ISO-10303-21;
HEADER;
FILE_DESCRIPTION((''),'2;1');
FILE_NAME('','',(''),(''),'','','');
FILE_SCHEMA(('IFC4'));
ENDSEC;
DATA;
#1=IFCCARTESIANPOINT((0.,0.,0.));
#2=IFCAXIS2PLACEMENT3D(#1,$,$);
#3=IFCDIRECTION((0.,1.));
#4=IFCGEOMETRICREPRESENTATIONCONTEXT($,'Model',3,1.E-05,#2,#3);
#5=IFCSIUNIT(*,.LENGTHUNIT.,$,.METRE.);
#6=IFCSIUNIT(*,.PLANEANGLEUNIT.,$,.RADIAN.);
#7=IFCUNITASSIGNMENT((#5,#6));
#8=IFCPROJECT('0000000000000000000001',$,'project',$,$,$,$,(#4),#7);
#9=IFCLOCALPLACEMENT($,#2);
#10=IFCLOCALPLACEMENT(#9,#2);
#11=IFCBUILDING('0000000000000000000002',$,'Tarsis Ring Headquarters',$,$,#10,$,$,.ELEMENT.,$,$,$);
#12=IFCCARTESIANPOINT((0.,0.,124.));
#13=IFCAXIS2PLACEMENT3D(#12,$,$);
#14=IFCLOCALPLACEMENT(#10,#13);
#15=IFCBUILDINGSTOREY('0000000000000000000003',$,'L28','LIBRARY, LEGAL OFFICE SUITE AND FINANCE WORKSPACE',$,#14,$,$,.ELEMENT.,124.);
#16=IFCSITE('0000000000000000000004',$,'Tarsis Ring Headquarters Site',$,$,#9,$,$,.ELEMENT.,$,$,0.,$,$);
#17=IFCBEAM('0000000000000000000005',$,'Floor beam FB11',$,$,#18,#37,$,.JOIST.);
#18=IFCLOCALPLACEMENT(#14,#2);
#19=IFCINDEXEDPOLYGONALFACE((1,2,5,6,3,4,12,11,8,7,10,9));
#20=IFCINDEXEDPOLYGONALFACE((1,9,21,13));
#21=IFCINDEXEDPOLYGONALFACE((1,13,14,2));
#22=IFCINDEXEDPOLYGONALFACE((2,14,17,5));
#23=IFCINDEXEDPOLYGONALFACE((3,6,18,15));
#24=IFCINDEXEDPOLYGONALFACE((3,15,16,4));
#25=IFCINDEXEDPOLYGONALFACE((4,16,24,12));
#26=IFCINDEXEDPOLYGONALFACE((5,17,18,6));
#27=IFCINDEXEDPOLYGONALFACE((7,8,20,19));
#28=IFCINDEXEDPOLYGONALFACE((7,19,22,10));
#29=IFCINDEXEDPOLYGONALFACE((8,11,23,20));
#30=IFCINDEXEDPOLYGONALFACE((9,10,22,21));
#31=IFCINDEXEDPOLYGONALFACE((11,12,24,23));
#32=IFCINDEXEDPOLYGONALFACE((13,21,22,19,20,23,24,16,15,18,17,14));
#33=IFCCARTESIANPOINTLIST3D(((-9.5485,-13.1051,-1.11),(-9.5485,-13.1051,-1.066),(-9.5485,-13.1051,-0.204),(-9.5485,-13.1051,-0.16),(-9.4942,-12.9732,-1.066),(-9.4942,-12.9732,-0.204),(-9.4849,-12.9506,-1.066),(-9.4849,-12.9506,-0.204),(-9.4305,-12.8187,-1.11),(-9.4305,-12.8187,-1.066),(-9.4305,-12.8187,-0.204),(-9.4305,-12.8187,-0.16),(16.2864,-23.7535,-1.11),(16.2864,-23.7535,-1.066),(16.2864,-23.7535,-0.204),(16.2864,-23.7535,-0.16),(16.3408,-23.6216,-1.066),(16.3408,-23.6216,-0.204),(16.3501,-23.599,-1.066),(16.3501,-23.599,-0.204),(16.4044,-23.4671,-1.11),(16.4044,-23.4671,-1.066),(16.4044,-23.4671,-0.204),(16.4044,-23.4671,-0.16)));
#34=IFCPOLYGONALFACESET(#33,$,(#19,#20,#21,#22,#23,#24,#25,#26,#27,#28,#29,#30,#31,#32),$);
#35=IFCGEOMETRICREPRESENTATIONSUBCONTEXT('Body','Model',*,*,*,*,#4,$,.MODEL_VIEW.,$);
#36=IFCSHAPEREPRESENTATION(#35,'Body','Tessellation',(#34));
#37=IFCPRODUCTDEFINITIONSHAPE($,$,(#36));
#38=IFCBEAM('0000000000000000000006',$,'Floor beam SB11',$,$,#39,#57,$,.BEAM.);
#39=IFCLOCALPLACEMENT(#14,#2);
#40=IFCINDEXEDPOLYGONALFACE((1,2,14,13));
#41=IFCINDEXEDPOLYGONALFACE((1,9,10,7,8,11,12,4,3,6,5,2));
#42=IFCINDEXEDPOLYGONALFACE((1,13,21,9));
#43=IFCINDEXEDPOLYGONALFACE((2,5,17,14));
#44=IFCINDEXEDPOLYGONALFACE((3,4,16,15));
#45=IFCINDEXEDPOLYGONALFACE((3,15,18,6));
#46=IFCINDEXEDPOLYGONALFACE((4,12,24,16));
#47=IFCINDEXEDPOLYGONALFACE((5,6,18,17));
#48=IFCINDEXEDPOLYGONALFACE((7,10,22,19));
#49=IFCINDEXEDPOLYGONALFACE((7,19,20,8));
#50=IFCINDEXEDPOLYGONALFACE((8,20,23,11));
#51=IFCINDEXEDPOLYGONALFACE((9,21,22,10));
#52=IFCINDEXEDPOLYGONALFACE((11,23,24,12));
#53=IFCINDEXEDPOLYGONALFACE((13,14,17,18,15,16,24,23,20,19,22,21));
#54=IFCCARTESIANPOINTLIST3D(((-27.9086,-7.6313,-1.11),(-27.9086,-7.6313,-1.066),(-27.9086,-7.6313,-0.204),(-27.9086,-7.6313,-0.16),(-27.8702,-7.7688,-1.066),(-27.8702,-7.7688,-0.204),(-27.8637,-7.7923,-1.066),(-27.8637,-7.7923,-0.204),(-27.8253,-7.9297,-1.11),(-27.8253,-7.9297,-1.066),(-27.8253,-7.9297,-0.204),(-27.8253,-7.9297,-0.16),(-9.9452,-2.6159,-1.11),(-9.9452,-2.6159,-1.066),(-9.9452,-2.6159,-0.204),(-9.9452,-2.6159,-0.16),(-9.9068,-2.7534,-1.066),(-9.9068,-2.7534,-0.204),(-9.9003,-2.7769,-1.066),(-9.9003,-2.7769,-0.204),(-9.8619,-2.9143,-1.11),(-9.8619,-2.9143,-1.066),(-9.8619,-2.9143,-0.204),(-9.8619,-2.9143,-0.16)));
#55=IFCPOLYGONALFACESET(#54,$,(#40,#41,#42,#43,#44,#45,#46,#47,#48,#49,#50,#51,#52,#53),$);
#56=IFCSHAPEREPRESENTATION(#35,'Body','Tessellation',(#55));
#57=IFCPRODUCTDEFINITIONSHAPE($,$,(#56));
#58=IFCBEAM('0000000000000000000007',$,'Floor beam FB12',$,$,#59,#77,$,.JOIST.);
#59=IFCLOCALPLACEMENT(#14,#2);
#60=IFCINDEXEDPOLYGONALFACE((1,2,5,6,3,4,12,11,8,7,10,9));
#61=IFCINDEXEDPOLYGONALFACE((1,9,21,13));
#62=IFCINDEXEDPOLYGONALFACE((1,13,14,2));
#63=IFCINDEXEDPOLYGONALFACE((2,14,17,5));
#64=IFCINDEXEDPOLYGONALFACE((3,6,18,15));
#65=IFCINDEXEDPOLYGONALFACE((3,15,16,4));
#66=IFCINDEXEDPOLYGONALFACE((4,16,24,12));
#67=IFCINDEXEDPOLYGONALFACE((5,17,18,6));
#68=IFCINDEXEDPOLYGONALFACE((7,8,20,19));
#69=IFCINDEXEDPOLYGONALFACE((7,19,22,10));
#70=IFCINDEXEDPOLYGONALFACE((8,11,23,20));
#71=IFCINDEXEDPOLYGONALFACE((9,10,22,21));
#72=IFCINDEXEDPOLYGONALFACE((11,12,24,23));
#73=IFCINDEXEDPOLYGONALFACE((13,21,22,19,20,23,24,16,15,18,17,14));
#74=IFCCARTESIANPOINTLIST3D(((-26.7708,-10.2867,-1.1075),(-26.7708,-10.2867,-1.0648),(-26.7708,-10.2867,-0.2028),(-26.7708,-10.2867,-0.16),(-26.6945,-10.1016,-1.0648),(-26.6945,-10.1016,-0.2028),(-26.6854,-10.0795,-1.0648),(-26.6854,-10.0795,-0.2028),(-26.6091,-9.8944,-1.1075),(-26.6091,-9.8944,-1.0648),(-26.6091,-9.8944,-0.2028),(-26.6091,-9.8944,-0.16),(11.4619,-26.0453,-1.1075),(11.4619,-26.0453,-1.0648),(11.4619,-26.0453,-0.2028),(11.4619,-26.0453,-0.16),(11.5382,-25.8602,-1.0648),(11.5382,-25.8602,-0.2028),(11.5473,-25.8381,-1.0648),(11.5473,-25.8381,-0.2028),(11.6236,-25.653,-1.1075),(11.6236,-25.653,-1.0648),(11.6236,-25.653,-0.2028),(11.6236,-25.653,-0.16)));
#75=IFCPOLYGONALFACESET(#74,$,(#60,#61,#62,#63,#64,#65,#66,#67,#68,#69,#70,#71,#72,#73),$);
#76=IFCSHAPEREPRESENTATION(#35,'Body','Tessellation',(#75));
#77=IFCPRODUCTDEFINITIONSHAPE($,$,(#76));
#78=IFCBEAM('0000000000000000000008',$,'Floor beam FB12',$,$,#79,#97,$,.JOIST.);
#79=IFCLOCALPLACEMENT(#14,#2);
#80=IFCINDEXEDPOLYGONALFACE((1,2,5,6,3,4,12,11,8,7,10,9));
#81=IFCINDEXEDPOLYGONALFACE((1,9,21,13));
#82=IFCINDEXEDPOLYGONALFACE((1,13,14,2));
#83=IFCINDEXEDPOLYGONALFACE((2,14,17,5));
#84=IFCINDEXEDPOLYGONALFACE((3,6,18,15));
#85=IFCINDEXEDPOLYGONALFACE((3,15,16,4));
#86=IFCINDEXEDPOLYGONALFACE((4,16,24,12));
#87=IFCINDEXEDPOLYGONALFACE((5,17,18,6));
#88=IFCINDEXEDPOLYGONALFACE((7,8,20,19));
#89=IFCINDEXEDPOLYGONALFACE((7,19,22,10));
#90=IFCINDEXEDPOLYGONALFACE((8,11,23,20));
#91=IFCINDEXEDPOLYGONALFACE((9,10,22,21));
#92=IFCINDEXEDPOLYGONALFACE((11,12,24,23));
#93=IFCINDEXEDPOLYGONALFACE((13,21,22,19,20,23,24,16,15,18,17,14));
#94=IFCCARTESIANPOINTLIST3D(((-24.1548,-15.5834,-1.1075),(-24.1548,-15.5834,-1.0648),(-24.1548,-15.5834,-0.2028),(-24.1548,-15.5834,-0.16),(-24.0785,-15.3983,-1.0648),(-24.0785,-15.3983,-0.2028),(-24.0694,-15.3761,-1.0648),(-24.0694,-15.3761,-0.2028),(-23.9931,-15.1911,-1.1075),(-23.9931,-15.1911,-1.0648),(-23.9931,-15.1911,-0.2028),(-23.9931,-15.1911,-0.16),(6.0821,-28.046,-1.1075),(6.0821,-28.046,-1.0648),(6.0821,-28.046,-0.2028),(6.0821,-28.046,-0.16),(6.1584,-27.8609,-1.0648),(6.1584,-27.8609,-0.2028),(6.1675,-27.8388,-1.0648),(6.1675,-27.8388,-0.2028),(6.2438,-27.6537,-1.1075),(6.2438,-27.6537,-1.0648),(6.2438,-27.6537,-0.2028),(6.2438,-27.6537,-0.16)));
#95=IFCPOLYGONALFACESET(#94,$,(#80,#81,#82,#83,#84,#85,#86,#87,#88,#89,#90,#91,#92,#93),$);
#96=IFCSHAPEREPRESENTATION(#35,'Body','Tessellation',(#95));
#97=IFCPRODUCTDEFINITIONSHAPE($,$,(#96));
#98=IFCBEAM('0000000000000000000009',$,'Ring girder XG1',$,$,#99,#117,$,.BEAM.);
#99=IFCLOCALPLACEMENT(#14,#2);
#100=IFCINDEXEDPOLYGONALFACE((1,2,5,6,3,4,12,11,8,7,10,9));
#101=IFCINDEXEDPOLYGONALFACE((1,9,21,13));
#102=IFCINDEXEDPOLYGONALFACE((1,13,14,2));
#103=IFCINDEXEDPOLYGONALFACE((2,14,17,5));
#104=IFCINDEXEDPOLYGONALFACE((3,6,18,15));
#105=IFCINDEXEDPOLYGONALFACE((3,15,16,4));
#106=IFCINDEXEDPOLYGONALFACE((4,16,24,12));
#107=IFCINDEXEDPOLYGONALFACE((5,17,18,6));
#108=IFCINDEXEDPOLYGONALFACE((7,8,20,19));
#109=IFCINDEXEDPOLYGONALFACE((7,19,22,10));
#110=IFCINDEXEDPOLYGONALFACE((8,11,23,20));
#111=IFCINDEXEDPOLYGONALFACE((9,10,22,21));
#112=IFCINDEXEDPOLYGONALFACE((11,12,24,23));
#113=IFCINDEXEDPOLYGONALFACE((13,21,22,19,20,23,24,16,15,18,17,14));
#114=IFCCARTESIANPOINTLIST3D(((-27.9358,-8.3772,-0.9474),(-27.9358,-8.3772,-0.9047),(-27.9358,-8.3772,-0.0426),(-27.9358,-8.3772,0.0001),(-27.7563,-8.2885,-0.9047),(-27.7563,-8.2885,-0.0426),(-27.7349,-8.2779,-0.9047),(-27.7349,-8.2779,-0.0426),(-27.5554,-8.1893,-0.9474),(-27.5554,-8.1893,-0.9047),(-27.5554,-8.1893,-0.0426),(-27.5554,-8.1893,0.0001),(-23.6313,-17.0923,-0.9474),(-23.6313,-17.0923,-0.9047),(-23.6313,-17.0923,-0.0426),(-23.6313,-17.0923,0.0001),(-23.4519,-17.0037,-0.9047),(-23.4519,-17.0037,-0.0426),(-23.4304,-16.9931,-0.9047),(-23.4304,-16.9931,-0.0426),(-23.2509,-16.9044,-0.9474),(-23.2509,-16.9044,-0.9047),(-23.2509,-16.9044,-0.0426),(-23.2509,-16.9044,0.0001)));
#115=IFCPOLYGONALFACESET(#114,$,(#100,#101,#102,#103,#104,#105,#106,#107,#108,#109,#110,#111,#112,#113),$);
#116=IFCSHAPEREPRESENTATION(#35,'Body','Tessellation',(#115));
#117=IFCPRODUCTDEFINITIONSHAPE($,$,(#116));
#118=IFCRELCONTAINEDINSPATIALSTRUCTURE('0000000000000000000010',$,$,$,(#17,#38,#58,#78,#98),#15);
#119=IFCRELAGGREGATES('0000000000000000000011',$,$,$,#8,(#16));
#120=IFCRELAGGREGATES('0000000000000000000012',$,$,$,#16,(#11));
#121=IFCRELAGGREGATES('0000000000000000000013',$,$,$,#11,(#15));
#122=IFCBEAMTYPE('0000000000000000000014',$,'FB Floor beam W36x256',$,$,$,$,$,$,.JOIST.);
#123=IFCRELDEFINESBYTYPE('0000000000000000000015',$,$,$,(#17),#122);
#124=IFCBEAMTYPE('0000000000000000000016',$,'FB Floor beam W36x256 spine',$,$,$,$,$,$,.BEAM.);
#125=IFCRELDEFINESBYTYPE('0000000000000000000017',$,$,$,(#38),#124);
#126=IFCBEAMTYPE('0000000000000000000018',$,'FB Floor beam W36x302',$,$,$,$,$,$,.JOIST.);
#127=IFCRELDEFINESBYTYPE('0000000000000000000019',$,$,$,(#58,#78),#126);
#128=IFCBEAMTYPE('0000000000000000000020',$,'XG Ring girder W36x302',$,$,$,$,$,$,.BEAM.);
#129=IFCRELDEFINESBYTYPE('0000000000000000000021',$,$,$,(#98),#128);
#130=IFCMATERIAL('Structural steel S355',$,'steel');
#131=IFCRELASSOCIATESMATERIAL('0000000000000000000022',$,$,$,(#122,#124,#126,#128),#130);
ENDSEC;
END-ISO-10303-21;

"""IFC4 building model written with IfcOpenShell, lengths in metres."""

from ifc_helpers import new_model, si_unit, direction, frame, origin, origin_2d, place, context, subcontext, project, spatial, i_section, extrude, material, material_profile, profile_set, type_object, element, save


model = new_model("IFC4")

# Units and contexts
model_context = context("Model", 3, precision=1e-05, world=origin(), true_north=direction((0.0, 1.0)))
body_context = subcontext(model_context, "Body", "Model", "MODEL_VIEW")
ifc_project = project(units=[si_unit("LENGTHUNIT", "METRE"), si_unit("PLANEANGLEUNIT", "RADIAN")], contexts=[model_context])

# Site, building, storey
site_placement = place(None, origin())
site = spatial("IfcSite", under=ifc_project, at=site_placement, Name="Tarsis Ring Headquarters Site", CompositionType="ELEMENT", RefElevation=0.0)
building_placement = place(site_placement, origin())
building = spatial("IfcBuilding", under=site, at=building_placement, Name="Tarsis Ring Headquarters", CompositionType="ELEMENT")
storey_placement = place(building_placement, frame((0.0, 0.0, 124.0)))
storey = spatial("IfcBuildingStorey", under=building, at=storey_placement, Name="L28", Description="LIBRARY, LEGAL OFFICE SUITE AND FINANCE WORKSPACE", CompositionType="ELEMENT", Elevation=124.0)

# Shared definitions
ifc_material_1 = material(Name="Structural steel S355", Category="steel")

# Beams
ifc_material_profile_1 = material_profile(ifc_material_1, i_section(OverallWidth=0.3098, OverallDepth=0.95, WebThickness=0.0244, FlangeThickness=0.0439, at=origin_2d()), Name="W36x256")
ifc_profile_set_1 = profile_set([ifc_material_profile_1], Name="Structural steel S355")
beam_type_1 = type_object("IfcBeamType", Name="FB Floor beam W36x256", PredefinedType="JOIST", material=ifc_profile_set_1)
beam_1_placement = place(storey_placement, frame((-9.4895, -12.9619, -0.635), z_axis=(0.924546, -0.381071, 0.0), x_axis=(0.381071, 0.924546, 0.0)))
element("IfcBeam", 1, at=beam_1_placement, inside=storey, type_object=beam_type_1, Name="Floor beam FB11", PredefinedType="JOIST", context=body_context, shape_type="SweptSolid", body=[
    extrude(i_section(OverallWidth=0.3098, OverallDepth=0.95, WebThickness=0.0244, FlangeThickness=0.0439, at=origin_2d()), origin(), (0.0, 0.0, 1.0), 27.9434),
])
beam_type_2 = type_object("IfcBeamType", Name="FB Floor beam W36x256 spine", PredefinedType="BEAM", material=ifc_profile_set_1)
beam_2_placement = place(storey_placement, frame((-9.9036, -2.7651, -0.635), z_axis=(-0.963164, -0.268916, 0.0), x_axis=(0.268916, -0.963164, 0.0)))
element("IfcBeam", 2, at=beam_2_placement, inside=storey, type_object=beam_type_2, Name="Floor beam SB11", PredefinedType="BEAM", context=body_context, shape_type="SweptSolid", body=[
    extrude(i_section(OverallWidth=0.3098, OverallDepth=0.95, WebThickness=0.0244, FlangeThickness=0.0439, at=origin_2d()), origin(), (0.0, 0.0, 1.0), 18.6504),
])
ifc_material_profile_2 = material_profile(ifc_material_1, i_section(OverallWidth=0.4243, OverallDepth=0.9475, WebThickness=0.0239, FlangeThickness=0.0427, at=origin_2d()), Name="W36x302")
ifc_profile_set_2 = profile_set([ifc_material_profile_2], Name="Structural steel S355")
beam_type_3 = type_object("IfcBeamType", Name="FB Floor beam W36x302", PredefinedType="JOIST", material=ifc_profile_set_2)
beam_3_placement = place(storey_placement, frame((-26.6899, -10.0906, -0.6338), z_axis=(0.924545, -0.381074, 0.0), x_axis=(0.381074, 0.924545, 0.0)))
element("IfcBeam", 3, at=beam_3_placement, inside=storey, type_object=beam_type_3, Name="Floor beam FB12", PredefinedType="JOIST", context=body_context, shape_type="SweptSolid", body=[
    extrude(i_section(OverallWidth=0.4243, OverallDepth=0.9475, WebThickness=0.0239, FlangeThickness=0.0427, at=origin_2d()), origin(), (0.0, 0.0, 1.0), 41.353),
])
beam_4_placement = place(storey_placement, frame((-24.074, -15.3872, -0.6338), z_axis=(0.924548, -0.381066, 0.0), x_axis=(0.381066, 0.924548, 0.0)))
element("IfcBeam", 4, at=beam_4_placement, inside=storey, type_object=beam_type_3, Name="Floor beam FB12", PredefinedType="JOIST", context=body_context, shape_type="SweptSolid", body=[
    extrude(i_section(OverallWidth=0.4243, OverallDepth=0.9475, WebThickness=0.0239, FlangeThickness=0.0427, at=origin_2d()), origin(), (0.0, 0.0, 1.0), 32.7046),
])
beam_type_4 = type_object("IfcBeamType", Name="XG Ring girder W36x302", PredefinedType="BEAM", material=ifc_profile_set_2)
beam_5_placement = place(storey_placement, frame((-27.7456, -8.2832, -0.4736), z_axis=(0.442838, -0.896602, 0.0), x_axis=(0.896602, 0.442838, 0.0)))
element("IfcBeam", 5, at=beam_5_placement, inside=storey, type_object=beam_type_4, Name="Ring girder XG1", PredefinedType="BEAM", context=body_context, shape_type="SweptSolid", body=[
    extrude(i_section(OverallWidth=0.4243, OverallDepth=0.9475, WebThickness=0.0239, FlangeThickness=0.0427, at=origin_2d()), origin(), (0.0, 0.0, 1.0), 9.7202),
])

save(model, "model.ifc")
